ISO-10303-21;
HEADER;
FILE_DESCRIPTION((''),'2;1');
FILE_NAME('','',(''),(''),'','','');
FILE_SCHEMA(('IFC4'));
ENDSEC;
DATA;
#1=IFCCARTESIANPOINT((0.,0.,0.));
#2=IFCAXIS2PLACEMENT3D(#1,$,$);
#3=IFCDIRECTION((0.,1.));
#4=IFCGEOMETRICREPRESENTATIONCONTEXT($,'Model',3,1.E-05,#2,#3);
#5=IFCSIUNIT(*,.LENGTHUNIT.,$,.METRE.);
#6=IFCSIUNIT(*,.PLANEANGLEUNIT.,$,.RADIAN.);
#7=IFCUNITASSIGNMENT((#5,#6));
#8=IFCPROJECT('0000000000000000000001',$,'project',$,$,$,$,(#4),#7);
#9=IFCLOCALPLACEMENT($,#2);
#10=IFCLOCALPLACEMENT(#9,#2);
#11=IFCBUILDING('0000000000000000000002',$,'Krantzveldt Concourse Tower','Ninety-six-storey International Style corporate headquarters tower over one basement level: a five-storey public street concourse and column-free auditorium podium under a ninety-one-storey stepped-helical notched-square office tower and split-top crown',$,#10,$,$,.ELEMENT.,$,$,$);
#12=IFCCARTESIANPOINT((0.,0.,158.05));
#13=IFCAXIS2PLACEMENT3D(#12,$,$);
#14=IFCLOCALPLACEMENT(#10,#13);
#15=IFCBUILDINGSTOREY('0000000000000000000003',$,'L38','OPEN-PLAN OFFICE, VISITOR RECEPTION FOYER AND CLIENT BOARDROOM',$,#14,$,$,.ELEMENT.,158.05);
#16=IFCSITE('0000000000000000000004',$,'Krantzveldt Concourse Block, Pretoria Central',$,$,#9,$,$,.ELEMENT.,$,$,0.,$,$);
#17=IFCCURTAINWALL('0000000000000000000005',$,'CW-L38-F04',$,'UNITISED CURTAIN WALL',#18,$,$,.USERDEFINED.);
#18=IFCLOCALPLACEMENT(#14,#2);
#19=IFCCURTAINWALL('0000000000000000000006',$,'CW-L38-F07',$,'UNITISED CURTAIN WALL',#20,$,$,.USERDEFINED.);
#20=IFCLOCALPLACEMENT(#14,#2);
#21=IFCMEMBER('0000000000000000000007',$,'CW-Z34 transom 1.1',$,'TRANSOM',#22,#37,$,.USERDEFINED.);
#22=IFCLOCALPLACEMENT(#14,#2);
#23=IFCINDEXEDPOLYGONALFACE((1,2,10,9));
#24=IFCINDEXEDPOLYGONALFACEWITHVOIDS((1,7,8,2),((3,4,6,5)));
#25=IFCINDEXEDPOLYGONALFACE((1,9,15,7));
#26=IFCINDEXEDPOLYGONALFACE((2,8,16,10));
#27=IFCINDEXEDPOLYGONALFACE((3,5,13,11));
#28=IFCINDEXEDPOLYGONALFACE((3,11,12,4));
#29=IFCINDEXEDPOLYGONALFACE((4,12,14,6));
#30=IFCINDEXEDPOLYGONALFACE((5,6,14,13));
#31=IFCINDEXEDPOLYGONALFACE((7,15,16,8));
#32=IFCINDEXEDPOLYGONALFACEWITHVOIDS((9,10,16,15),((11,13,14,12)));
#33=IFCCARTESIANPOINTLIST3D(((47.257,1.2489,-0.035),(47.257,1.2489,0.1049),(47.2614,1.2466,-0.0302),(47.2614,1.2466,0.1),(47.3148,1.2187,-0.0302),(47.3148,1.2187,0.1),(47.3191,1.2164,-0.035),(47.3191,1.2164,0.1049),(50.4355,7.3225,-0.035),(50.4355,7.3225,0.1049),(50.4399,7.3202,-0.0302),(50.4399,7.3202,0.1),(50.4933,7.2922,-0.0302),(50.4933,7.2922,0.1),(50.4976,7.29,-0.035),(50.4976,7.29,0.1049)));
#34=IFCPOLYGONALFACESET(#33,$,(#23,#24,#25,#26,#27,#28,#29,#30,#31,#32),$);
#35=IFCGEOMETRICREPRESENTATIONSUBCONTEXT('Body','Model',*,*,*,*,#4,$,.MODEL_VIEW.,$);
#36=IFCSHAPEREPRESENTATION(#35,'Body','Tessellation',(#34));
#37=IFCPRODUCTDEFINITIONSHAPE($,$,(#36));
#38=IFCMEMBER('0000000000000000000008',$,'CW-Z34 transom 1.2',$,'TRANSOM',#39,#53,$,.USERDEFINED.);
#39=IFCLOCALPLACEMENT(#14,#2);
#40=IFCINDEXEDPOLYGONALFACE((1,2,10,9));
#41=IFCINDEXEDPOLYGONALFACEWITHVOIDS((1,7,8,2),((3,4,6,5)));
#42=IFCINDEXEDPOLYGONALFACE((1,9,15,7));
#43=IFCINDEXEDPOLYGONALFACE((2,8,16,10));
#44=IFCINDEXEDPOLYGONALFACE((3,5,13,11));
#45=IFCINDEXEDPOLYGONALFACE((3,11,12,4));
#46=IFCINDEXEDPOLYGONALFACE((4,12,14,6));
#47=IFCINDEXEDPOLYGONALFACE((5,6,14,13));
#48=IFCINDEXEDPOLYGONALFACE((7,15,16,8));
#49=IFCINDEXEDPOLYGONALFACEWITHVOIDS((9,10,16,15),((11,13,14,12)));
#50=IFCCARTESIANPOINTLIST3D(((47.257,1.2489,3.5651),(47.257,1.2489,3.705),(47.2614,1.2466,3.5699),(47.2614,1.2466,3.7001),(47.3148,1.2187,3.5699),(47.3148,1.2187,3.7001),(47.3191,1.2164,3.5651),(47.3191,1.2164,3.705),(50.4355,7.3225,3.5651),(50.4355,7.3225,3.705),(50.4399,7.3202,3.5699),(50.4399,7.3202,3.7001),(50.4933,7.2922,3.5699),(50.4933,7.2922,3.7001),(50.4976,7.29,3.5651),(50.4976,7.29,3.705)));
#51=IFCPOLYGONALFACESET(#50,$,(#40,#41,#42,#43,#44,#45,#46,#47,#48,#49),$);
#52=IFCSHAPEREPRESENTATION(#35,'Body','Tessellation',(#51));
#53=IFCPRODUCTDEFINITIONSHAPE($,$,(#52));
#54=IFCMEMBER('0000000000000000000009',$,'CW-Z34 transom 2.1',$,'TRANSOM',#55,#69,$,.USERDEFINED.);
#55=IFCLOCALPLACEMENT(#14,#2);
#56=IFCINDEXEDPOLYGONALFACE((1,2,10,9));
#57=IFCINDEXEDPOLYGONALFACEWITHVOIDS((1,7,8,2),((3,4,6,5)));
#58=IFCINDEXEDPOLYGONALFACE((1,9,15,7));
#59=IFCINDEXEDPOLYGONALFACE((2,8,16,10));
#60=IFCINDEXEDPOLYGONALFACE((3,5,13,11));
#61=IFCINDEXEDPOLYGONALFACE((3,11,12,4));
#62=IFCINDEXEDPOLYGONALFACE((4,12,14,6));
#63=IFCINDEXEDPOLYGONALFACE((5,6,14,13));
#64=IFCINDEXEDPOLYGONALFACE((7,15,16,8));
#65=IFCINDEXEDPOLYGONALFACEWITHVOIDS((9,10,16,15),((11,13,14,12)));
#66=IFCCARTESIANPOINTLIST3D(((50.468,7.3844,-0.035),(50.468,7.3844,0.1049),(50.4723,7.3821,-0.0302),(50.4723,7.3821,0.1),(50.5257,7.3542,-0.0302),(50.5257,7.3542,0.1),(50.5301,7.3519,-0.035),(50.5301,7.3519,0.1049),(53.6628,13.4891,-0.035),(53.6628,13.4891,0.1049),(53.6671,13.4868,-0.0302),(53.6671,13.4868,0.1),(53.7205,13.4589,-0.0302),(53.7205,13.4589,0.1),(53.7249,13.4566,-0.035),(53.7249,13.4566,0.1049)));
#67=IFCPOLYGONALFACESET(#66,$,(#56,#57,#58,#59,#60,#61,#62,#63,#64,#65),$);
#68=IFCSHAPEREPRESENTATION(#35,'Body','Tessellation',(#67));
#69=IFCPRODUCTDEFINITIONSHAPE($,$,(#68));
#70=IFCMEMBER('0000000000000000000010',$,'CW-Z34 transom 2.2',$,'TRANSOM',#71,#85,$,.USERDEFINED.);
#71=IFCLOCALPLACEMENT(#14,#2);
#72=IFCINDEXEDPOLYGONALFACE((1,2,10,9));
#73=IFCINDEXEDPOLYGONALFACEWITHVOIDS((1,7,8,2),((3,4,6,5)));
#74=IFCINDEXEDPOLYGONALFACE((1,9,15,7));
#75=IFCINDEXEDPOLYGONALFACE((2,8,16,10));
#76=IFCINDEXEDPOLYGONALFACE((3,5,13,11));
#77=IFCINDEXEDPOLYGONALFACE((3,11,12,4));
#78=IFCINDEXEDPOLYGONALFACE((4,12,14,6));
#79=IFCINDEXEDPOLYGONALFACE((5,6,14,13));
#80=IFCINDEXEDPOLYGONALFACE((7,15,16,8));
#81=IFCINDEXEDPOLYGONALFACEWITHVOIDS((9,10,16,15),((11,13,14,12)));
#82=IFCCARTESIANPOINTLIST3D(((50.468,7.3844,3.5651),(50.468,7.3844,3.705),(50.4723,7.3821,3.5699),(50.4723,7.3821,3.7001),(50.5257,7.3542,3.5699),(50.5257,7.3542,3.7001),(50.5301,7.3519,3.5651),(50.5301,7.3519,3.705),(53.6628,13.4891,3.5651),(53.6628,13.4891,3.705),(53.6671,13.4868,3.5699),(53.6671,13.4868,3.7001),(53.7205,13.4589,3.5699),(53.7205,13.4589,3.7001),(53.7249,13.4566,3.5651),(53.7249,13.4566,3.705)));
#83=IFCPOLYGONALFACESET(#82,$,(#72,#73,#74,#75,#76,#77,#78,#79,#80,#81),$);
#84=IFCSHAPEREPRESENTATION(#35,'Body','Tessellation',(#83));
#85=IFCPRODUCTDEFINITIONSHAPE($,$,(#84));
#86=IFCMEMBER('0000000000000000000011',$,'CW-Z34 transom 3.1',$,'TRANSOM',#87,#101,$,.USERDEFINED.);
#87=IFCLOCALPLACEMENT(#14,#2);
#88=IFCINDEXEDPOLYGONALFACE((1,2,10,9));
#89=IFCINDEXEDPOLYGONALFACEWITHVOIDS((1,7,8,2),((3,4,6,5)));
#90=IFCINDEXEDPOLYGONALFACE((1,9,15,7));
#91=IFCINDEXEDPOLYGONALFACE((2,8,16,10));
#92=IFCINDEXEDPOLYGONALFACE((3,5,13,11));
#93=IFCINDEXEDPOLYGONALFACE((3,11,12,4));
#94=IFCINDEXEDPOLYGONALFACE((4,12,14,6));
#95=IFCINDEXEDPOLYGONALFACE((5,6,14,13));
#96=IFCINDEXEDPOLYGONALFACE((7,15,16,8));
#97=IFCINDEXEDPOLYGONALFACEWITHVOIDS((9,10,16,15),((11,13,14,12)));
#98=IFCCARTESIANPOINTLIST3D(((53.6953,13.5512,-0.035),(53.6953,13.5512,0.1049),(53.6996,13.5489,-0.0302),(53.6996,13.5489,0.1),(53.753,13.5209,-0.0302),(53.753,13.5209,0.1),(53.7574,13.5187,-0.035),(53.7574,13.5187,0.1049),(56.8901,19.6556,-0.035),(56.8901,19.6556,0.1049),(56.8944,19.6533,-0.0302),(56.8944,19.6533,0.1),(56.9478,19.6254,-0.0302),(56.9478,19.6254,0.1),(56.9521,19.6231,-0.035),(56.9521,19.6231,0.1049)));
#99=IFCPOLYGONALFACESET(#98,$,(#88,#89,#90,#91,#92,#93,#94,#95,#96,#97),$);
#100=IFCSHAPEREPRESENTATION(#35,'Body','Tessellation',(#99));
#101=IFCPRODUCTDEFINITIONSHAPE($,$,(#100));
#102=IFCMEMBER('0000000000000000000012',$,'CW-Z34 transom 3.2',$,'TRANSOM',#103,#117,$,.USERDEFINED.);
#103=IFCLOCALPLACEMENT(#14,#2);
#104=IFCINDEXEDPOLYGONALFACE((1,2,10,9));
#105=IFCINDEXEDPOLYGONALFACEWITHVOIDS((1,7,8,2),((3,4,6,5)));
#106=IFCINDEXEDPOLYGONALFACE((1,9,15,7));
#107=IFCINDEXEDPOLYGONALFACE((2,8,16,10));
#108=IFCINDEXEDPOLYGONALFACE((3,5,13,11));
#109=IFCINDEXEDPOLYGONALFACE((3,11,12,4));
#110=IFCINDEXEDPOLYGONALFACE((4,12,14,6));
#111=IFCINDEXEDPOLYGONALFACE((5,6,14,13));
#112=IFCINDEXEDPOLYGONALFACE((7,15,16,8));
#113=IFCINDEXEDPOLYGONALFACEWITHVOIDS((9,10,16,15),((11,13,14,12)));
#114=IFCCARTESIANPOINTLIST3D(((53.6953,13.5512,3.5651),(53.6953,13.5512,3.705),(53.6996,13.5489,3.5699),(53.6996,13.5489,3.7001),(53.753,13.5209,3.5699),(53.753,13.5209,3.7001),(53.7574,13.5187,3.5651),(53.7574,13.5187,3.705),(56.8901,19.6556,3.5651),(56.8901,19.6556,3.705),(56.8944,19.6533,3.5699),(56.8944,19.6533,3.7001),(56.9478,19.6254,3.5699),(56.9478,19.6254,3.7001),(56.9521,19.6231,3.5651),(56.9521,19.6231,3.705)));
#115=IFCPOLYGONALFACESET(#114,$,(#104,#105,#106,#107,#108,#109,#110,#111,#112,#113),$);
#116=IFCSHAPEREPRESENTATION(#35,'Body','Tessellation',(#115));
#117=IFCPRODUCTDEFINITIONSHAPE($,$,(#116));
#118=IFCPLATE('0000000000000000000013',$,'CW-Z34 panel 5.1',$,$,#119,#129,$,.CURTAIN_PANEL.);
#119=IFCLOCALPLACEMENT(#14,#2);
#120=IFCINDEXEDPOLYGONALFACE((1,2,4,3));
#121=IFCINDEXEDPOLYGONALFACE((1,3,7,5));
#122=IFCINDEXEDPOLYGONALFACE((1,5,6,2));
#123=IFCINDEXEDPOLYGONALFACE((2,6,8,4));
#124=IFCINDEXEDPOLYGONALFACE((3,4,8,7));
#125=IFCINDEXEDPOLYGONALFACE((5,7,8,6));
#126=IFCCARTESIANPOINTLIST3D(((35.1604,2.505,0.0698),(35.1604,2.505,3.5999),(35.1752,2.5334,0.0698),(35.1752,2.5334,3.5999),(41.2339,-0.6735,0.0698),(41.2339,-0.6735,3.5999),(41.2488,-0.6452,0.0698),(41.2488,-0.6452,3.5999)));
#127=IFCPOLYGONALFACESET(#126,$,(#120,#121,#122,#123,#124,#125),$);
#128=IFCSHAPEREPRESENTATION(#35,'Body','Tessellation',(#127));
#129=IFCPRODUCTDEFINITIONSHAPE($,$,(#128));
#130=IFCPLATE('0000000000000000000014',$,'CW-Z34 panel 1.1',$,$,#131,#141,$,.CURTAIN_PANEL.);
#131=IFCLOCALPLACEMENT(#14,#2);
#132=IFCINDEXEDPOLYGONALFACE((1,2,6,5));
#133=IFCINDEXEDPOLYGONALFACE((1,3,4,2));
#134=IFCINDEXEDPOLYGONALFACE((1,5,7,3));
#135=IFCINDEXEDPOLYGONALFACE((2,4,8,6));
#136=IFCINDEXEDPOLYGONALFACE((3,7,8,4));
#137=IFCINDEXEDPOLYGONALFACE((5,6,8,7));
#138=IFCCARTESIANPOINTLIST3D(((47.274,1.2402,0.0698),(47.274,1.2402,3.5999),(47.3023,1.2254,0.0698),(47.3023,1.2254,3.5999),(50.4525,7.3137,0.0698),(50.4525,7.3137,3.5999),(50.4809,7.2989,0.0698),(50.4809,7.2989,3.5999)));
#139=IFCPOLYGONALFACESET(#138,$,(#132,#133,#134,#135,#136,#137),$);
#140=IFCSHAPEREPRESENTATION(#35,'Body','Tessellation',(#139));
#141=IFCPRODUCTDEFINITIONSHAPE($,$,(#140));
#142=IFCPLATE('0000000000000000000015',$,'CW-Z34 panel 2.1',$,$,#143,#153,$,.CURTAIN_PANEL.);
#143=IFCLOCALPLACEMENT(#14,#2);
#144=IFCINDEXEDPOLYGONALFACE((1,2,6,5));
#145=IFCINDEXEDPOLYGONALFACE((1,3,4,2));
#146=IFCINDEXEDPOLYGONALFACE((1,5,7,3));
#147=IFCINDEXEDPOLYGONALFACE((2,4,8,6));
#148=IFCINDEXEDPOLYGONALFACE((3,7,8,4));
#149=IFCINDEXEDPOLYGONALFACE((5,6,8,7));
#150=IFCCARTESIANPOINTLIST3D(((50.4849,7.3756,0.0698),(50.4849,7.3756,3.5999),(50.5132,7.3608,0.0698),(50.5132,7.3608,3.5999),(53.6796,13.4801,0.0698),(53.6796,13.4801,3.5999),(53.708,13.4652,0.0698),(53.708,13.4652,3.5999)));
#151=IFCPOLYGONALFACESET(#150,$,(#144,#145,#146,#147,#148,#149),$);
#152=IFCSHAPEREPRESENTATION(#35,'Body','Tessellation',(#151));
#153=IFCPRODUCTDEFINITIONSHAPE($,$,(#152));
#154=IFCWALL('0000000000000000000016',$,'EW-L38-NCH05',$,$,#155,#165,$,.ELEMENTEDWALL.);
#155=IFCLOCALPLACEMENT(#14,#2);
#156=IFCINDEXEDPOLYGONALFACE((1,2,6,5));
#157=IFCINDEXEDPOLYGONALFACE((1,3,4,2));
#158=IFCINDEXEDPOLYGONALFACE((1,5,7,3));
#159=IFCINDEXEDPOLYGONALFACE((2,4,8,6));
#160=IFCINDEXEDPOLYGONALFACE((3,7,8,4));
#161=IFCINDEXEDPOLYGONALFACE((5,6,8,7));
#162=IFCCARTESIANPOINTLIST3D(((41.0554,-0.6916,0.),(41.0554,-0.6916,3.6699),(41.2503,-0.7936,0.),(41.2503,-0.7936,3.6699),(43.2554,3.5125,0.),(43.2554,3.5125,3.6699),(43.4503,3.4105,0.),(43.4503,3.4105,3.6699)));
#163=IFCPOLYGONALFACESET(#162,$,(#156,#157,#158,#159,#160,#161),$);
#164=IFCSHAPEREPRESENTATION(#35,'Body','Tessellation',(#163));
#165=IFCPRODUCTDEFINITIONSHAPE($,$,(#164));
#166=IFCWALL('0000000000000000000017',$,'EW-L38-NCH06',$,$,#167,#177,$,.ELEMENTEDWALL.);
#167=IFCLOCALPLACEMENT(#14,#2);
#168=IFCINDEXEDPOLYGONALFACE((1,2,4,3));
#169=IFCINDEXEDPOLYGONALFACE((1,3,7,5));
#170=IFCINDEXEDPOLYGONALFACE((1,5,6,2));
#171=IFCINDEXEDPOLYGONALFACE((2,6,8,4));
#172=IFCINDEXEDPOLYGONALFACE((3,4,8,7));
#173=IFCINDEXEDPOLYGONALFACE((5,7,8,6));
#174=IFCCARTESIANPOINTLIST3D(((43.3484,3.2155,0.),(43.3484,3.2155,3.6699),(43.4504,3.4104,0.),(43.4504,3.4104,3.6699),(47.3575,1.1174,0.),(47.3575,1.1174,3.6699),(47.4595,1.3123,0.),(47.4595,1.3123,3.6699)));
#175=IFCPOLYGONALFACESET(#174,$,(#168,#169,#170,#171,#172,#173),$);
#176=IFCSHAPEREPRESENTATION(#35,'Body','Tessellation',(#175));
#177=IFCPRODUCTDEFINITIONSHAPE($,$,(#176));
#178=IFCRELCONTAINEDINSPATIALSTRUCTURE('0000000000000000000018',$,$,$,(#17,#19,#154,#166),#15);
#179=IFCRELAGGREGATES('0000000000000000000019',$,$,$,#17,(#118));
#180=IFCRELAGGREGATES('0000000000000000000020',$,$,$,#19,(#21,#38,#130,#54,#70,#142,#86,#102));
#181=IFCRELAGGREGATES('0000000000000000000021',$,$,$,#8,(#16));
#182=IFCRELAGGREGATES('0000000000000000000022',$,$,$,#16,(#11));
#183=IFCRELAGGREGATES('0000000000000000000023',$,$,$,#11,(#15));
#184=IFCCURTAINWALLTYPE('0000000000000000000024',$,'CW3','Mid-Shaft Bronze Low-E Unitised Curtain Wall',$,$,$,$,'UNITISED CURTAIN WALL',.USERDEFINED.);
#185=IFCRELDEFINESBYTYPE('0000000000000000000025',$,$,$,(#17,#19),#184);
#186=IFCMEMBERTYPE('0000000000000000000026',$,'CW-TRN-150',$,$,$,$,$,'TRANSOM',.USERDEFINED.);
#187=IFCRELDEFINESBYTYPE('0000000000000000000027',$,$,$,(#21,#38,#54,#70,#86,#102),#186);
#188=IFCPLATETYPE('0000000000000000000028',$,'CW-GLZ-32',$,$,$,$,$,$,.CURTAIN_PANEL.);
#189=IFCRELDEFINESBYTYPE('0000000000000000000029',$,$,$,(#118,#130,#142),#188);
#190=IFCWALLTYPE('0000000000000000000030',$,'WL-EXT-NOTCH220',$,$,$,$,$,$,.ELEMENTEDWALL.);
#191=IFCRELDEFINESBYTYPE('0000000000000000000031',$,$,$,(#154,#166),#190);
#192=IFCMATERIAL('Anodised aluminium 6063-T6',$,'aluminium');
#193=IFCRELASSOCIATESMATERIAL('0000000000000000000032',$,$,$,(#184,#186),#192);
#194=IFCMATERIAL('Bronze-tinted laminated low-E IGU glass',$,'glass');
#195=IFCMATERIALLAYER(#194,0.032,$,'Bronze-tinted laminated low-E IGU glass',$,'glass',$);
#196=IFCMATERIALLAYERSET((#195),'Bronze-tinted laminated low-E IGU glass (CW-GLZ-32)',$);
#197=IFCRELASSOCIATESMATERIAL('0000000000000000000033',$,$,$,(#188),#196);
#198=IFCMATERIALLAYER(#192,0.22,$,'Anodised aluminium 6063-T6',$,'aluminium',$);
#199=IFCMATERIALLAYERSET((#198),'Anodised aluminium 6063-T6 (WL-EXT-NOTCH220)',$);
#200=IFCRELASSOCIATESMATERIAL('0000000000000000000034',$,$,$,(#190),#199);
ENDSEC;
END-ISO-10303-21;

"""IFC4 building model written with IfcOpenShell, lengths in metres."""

from ifc_helpers import new_model, si_unit, direction, frame, frame_2d, origin, origin_2d, place, context, subcontext, project, spatial, rectangle, hollow_rectangle, extrude, source, transform, mapped, material, layer, layer_set, material_profile, profile_set, type_object, type_shapes, element, aggregate, save


model = new_model("IFC4")

# Units and contexts
model_context = context("Model", 3, precision=1e-05, world=origin(), true_north=direction((0.0, 1.0)))
body_context = subcontext(model_context, "Body", "Model", "MODEL_VIEW")
ifc_project = project(units=[si_unit("LENGTHUNIT", "METRE"), si_unit("PLANEANGLEUNIT", "RADIAN")], contexts=[model_context])

# Site, building, storey
site_placement = place(None, origin())
site = spatial("IfcSite", under=ifc_project, at=site_placement, Name="Krantzveldt Concourse Block, Pretoria Central", CompositionType="ELEMENT", RefElevation=0.0)
building_placement = place(site_placement, origin())
building = spatial("IfcBuilding", under=site, at=building_placement, Name="Krantzveldt Concourse Tower", Description="Ninety-six-storey International Style corporate headquarters tower over one basement level: a five-storey public street concourse and column-free auditorium podium under a ninety-one-storey stepped-helical notched-square office tower and split-top crown", CompositionType="ELEMENT")
storey_placement = place(building_placement, frame((0.0, 0.0, 158.05)))
storey = spatial("IfcBuildingStorey", under=building, at=storey_placement, Name="L38", Description="OPEN-PLAN OFFICE, VISITOR RECEPTION FOYER AND CLIENT BOARDROOM", CompositionType="ELEMENT", Elevation=158.05)

# Curtain wall
ifc_material_1 = material(Name="Anodised aluminium 6063-T6", Category="aluminium")
curtain_wall_type = type_object("IfcCurtainWallType", Name="CW3", Description="Mid-Shaft Bronze Low-E Unitised Curtain Wall", ElementType="UNITISED CURTAIN WALL", PredefinedType="USERDEFINED", material=ifc_material_1)
curtain_wall_1_placement = place(storey_placement, origin())
curtain_wall_1 = element("IfcCurtainWall", 1, at=curtain_wall_1_placement, inside=storey, type_object=curtain_wall_type, Name="CW-L38-F04", ObjectType="UNITISED CURTAIN WALL", PredefinedType="USERDEFINED")

# Curtain wall, members
curtain_wall_2_placement = place(storey_placement, origin())
curtain_wall_2 = element("IfcCurtainWall", 2, at=curtain_wall_2_placement, inside=storey, type_object=curtain_wall_type, Name="CW-L38-F07", ObjectType="UNITISED CURTAIN WALL", PredefinedType="USERDEFINED")
ifc_material_profile_1 = material_profile(ifc_material_1, hollow_rectangle(XDim=0.0701, YDim=0.1399, WallThickness=0.0049, at=origin_2d()), Name="Anodised aluminium 6063-T6", Category="aluminium")
ifc_profile_set_1 = profile_set([ifc_material_profile_1], Name="Anodised aluminium 6063-T6 - ALU-TRAN 140x70x5")
member_type_1 = type_object("IfcMemberType", Name="CW-TRN-150", ElementType="TRANSOM", PredefinedType="USERDEFINED", material=ifc_profile_set_1)
shared_shape_1 = source(origin(), body_context, "Body", "SweptSolid", [
    extrude(hollow_rectangle(XDim=0.0701, YDim=0.1399, WallThickness=0.0049, at=origin_2d()), origin(), (0.0, 0.0, 1.0), 6.855),
])
member_1_placement = place(storey_placement, frame((47.2881, 1.2327, 0.0349), z_axis=(0.463677, 0.886004, 0.0), x_axis=(-0.886004, 0.463677, 0.0)))
member_1 = element("IfcMember", 3, at=member_1_placement, type_object=member_type_1, Name="CW-Z34 transom 1.1", ObjectType="TRANSOM", PredefinedType="USERDEFINED", context=body_context, shape_type="MappedRepresentation", body=[
    mapped(shared_shape_1, transform((0.0, 0.0, 0.0), x_axis=(1.0, 0.0, 0.0), y_axis=(0.0, 1.0, 0.0), z_axis=(0.0, 0.0, 1.0), scale=1.0)),
])
member_2_placement = place(storey_placement, frame((47.2881, 1.2327, 3.635), z_axis=(0.463677, 0.886004, 0.0), x_axis=(-0.886004, 0.463677, 0.0)))
member_2 = element("IfcMember", 4, at=member_2_placement, type_object=member_type_1, Name="CW-Z34 transom 1.2", ObjectType="TRANSOM", PredefinedType="USERDEFINED", context=body_context, shape_type="MappedRepresentation", body=[
    mapped(shared_shape_1, transform((0.0, 0.0, 0.0), x_axis=(1.0, 0.0, 0.0), y_axis=(0.0, 1.0, 0.0), z_axis=(0.0, 0.0, 1.0), scale=1.0)),
])
shared_shape_2 = source(origin(), body_context, "Body", "SweptSolid", [
    extrude(hollow_rectangle(XDim=0.0701, YDim=0.1399, WallThickness=0.0049, at=origin_2d()), origin(), (0.0, 0.0, 1.0), 6.8901),
])
member_3_placement = place(storey_placement, frame((50.499, 7.3682, 0.0349), z_axis=(0.463677, 0.886004, 0.0), x_axis=(-0.886004, 0.463677, 0.0)))
member_3 = element("IfcMember", 5, at=member_3_placement, type_object=member_type_1, Name="CW-Z34 transom 2.1", ObjectType="TRANSOM", PredefinedType="USERDEFINED", context=body_context, shape_type="MappedRepresentation", body=[
    mapped(shared_shape_2, transform((0.0, 0.0, 0.0), x_axis=(1.0, 0.0, 0.0), y_axis=(0.0, 1.0, 0.0), z_axis=(0.0, 0.0, 1.0), scale=1.0)),
])
member_4_placement = place(storey_placement, frame((50.499, 7.3682, 3.635), z_axis=(0.463677, 0.886004, 0.0), x_axis=(-0.886004, 0.463677, 0.0)))
member_4 = element("IfcMember", 6, at=member_4_placement, type_object=member_type_1, Name="CW-Z34 transom 2.2", ObjectType="TRANSOM", PredefinedType="USERDEFINED", context=body_context, shape_type="MappedRepresentation", body=[
    mapped(shared_shape_2, transform((0.0, 0.0, 0.0), x_axis=(1.0, 0.0, 0.0), y_axis=(0.0, 1.0, 0.0), z_axis=(0.0, 0.0, 1.0), scale=1.0)),
])
shared_shape_3 = source(origin(), body_context, "Body", "SweptSolid", [
    extrude(hollow_rectangle(XDim=0.0701, YDim=0.1399, WallThickness=0.0049, at=origin_2d()), origin(), (0.0, 0.0, 1.0), 6.8899),
])
type_shapes(member_type_1, [shared_shape_1, shared_shape_2, shared_shape_3])
member_5_placement = place(storey_placement, frame((53.7263, 13.5349, 0.0349), z_axis=(0.463692, 0.885997, 0.0), x_axis=(-0.885997, 0.463692, 0.0)))
member_5 = element("IfcMember", 7, at=member_5_placement, type_object=member_type_1, Name="CW-Z34 transom 3.1", ObjectType="TRANSOM", PredefinedType="USERDEFINED", context=body_context, shape_type="MappedRepresentation", body=[
    mapped(shared_shape_3, transform((0.0, 0.0, 0.0), x_axis=(1.0, 0.0, 0.0), y_axis=(0.0, 1.0, 0.0), z_axis=(0.0, 0.0, 1.0), scale=1.0)),
])
member_6_placement = place(storey_placement, frame((53.7263, 13.5349, 3.635), z_axis=(0.463692, 0.885997, 0.0), x_axis=(-0.885997, 0.463692, 0.0)))
member_6 = element("IfcMember", 8, at=member_6_placement, type_object=member_type_1, Name="CW-Z34 transom 3.2", ObjectType="TRANSOM", PredefinedType="USERDEFINED", context=body_context, shape_type="MappedRepresentation", body=[
    mapped(shared_shape_3, transform((0.0, 0.0, 0.0), x_axis=(1.0, 0.0, 0.0), y_axis=(0.0, 1.0, 0.0), z_axis=(0.0, 0.0, 1.0), scale=1.0)),
])

# Plates
ifc_material_2 = material(Name="Bronze-tinted laminated low-E IGU glass", Category="glass")
ifc_layer_1 = layer(ifc_material_2, 0.032, Name="Bronze-tinted laminated low-E IGU glass", Category="glass")
ifc_layer_set_1 = layer_set([ifc_layer_1], Name="Bronze-tinted laminated low-E IGU glass (CW-GLZ-32)")
plate_type = type_object("IfcPlateType", Name="CW-GLZ-32", PredefinedType="CURTAIN_PANEL", material=ifc_layer_set_1)
shared_shape_4 = source(origin(), body_context, "Body", "SweptSolid", [
    extrude(rectangle(XDim=6.855, YDim=0.032, at=origin_2d()), origin(), (0.0, 0.0, 1.0), 3.53),
])
plate_1_placement = place(storey_placement, frame((38.2046, 0.9299, 0.0698), z_axis=(0.0, 0.0, 1.0), x_axis=(0.886001, -0.463683, 0.0)))
plate_1 = element("IfcPlate", 9, at=plate_1_placement, type_object=plate_type, Name="CW-Z34 panel 5.1", PredefinedType="CURTAIN_PANEL", context=body_context, shape_type="MappedRepresentation", body=[
    mapped(shared_shape_4, transform((0.0, 0.0, 0.0), x_axis=(1.0, 0.0, 0.0), y_axis=(0.0, 1.0, 0.0), z_axis=(0.0, 0.0, 1.0), scale=1.0)),
])
aggregate(curtain_wall_1, [plate_1])
plate_2_placement = place(storey_placement, frame((48.8774, 4.2695, 0.0698), z_axis=(0.0, 0.0, 1.0), x_axis=(0.463683, 0.886001, 0.0)))
plate_2 = element("IfcPlate", 10, at=plate_2_placement, type_object=plate_type, Name="CW-Z34 panel 1.1", PredefinedType="CURTAIN_PANEL", context=body_context, shape_type="MappedRepresentation", body=[
    mapped(shared_shape_4, transform((0.0, 0.0, 0.0), x_axis=(1.0, 0.0, 0.0), y_axis=(0.0, 1.0, 0.0), z_axis=(0.0, 0.0, 1.0), scale=1.0)),
])
shared_shape_5 = source(origin(), body_context, "Body", "SweptSolid", [
    extrude(rectangle(XDim=6.8899, YDim=0.032, at=origin_2d()), origin(), (0.0, 0.0, 1.0), 3.53),
])
type_shapes(plate_type, [shared_shape_4, shared_shape_5])
plate_3_placement = place(storey_placement, frame((52.0964, 10.4204, 0.0698), z_axis=(0.0, 0.0, 1.0), x_axis=(0.463683, 0.886001, 0.0)))
plate_3 = element("IfcPlate", 11, at=plate_3_placement, type_object=plate_type, Name="CW-Z34 panel 2.1", PredefinedType="CURTAIN_PANEL", context=body_context, shape_type="MappedRepresentation", body=[
    mapped(shared_shape_5, transform((0.0, 0.0, 0.0), x_axis=(1.0, 0.0, 0.0), y_axis=(0.0, 1.0, 0.0), z_axis=(0.0, 0.0, 1.0), scale=1.0)),
])
aggregate(curtain_wall_2, [member_1, member_2, plate_2, member_3, member_4, plate_3, member_5, member_6])

# Walls
ifc_layer_2 = layer(ifc_material_1, 0.22, Name="Anodised aluminium 6063-T6", Category="aluminium")
ifc_layer_set_2 = layer_set([ifc_layer_2], Name="Anodised aluminium 6063-T6 (WL-EXT-NOTCH220)")
wall_type_1 = type_object("IfcWallType", Name="WL-EXT-NOTCH220", PredefinedType="ELEMENTEDWALL", material=ifc_layer_set_2)
wall_1_placement = place(storey_placement, frame((41.1528, -0.7427, 0.0), z_axis=(0.0, 0.0, 1.0), x_axis=(0.463644, 0.886022, 0.0)))
element("IfcWall", 12, at=wall_1_placement, inside=storey, type_object=wall_type_1, Name="EW-L38-NCH05", PredefinedType="ELEMENTEDWALL", context=body_context, shape_type="SweptSolid", body=[
    extrude(rectangle(XDim=4.7449, YDim=0.22, at=frame_2d((2.3726, 0.0))), origin(), (0.0, 0.0, 1.0), 3.6699),
])
wall_2_placement = place(storey_placement, frame((43.3994, 3.313, 0.0), z_axis=(0.0, 0.0, 1.0), x_axis=(0.885997, -0.46369, 0.0)))
element("IfcWall", 13, at=wall_2_placement, inside=storey, type_object=wall_type_1, Name="EW-L38-NCH06", PredefinedType="ELEMENTEDWALL", context=body_context, shape_type="SweptSolid", body=[
    extrude(rectangle(XDim=4.5249, YDim=0.22, at=frame_2d((2.2625, 0.0))), origin(), (0.0, 0.0, 1.0), 3.6699),
])

save(model, "model.ifc")
